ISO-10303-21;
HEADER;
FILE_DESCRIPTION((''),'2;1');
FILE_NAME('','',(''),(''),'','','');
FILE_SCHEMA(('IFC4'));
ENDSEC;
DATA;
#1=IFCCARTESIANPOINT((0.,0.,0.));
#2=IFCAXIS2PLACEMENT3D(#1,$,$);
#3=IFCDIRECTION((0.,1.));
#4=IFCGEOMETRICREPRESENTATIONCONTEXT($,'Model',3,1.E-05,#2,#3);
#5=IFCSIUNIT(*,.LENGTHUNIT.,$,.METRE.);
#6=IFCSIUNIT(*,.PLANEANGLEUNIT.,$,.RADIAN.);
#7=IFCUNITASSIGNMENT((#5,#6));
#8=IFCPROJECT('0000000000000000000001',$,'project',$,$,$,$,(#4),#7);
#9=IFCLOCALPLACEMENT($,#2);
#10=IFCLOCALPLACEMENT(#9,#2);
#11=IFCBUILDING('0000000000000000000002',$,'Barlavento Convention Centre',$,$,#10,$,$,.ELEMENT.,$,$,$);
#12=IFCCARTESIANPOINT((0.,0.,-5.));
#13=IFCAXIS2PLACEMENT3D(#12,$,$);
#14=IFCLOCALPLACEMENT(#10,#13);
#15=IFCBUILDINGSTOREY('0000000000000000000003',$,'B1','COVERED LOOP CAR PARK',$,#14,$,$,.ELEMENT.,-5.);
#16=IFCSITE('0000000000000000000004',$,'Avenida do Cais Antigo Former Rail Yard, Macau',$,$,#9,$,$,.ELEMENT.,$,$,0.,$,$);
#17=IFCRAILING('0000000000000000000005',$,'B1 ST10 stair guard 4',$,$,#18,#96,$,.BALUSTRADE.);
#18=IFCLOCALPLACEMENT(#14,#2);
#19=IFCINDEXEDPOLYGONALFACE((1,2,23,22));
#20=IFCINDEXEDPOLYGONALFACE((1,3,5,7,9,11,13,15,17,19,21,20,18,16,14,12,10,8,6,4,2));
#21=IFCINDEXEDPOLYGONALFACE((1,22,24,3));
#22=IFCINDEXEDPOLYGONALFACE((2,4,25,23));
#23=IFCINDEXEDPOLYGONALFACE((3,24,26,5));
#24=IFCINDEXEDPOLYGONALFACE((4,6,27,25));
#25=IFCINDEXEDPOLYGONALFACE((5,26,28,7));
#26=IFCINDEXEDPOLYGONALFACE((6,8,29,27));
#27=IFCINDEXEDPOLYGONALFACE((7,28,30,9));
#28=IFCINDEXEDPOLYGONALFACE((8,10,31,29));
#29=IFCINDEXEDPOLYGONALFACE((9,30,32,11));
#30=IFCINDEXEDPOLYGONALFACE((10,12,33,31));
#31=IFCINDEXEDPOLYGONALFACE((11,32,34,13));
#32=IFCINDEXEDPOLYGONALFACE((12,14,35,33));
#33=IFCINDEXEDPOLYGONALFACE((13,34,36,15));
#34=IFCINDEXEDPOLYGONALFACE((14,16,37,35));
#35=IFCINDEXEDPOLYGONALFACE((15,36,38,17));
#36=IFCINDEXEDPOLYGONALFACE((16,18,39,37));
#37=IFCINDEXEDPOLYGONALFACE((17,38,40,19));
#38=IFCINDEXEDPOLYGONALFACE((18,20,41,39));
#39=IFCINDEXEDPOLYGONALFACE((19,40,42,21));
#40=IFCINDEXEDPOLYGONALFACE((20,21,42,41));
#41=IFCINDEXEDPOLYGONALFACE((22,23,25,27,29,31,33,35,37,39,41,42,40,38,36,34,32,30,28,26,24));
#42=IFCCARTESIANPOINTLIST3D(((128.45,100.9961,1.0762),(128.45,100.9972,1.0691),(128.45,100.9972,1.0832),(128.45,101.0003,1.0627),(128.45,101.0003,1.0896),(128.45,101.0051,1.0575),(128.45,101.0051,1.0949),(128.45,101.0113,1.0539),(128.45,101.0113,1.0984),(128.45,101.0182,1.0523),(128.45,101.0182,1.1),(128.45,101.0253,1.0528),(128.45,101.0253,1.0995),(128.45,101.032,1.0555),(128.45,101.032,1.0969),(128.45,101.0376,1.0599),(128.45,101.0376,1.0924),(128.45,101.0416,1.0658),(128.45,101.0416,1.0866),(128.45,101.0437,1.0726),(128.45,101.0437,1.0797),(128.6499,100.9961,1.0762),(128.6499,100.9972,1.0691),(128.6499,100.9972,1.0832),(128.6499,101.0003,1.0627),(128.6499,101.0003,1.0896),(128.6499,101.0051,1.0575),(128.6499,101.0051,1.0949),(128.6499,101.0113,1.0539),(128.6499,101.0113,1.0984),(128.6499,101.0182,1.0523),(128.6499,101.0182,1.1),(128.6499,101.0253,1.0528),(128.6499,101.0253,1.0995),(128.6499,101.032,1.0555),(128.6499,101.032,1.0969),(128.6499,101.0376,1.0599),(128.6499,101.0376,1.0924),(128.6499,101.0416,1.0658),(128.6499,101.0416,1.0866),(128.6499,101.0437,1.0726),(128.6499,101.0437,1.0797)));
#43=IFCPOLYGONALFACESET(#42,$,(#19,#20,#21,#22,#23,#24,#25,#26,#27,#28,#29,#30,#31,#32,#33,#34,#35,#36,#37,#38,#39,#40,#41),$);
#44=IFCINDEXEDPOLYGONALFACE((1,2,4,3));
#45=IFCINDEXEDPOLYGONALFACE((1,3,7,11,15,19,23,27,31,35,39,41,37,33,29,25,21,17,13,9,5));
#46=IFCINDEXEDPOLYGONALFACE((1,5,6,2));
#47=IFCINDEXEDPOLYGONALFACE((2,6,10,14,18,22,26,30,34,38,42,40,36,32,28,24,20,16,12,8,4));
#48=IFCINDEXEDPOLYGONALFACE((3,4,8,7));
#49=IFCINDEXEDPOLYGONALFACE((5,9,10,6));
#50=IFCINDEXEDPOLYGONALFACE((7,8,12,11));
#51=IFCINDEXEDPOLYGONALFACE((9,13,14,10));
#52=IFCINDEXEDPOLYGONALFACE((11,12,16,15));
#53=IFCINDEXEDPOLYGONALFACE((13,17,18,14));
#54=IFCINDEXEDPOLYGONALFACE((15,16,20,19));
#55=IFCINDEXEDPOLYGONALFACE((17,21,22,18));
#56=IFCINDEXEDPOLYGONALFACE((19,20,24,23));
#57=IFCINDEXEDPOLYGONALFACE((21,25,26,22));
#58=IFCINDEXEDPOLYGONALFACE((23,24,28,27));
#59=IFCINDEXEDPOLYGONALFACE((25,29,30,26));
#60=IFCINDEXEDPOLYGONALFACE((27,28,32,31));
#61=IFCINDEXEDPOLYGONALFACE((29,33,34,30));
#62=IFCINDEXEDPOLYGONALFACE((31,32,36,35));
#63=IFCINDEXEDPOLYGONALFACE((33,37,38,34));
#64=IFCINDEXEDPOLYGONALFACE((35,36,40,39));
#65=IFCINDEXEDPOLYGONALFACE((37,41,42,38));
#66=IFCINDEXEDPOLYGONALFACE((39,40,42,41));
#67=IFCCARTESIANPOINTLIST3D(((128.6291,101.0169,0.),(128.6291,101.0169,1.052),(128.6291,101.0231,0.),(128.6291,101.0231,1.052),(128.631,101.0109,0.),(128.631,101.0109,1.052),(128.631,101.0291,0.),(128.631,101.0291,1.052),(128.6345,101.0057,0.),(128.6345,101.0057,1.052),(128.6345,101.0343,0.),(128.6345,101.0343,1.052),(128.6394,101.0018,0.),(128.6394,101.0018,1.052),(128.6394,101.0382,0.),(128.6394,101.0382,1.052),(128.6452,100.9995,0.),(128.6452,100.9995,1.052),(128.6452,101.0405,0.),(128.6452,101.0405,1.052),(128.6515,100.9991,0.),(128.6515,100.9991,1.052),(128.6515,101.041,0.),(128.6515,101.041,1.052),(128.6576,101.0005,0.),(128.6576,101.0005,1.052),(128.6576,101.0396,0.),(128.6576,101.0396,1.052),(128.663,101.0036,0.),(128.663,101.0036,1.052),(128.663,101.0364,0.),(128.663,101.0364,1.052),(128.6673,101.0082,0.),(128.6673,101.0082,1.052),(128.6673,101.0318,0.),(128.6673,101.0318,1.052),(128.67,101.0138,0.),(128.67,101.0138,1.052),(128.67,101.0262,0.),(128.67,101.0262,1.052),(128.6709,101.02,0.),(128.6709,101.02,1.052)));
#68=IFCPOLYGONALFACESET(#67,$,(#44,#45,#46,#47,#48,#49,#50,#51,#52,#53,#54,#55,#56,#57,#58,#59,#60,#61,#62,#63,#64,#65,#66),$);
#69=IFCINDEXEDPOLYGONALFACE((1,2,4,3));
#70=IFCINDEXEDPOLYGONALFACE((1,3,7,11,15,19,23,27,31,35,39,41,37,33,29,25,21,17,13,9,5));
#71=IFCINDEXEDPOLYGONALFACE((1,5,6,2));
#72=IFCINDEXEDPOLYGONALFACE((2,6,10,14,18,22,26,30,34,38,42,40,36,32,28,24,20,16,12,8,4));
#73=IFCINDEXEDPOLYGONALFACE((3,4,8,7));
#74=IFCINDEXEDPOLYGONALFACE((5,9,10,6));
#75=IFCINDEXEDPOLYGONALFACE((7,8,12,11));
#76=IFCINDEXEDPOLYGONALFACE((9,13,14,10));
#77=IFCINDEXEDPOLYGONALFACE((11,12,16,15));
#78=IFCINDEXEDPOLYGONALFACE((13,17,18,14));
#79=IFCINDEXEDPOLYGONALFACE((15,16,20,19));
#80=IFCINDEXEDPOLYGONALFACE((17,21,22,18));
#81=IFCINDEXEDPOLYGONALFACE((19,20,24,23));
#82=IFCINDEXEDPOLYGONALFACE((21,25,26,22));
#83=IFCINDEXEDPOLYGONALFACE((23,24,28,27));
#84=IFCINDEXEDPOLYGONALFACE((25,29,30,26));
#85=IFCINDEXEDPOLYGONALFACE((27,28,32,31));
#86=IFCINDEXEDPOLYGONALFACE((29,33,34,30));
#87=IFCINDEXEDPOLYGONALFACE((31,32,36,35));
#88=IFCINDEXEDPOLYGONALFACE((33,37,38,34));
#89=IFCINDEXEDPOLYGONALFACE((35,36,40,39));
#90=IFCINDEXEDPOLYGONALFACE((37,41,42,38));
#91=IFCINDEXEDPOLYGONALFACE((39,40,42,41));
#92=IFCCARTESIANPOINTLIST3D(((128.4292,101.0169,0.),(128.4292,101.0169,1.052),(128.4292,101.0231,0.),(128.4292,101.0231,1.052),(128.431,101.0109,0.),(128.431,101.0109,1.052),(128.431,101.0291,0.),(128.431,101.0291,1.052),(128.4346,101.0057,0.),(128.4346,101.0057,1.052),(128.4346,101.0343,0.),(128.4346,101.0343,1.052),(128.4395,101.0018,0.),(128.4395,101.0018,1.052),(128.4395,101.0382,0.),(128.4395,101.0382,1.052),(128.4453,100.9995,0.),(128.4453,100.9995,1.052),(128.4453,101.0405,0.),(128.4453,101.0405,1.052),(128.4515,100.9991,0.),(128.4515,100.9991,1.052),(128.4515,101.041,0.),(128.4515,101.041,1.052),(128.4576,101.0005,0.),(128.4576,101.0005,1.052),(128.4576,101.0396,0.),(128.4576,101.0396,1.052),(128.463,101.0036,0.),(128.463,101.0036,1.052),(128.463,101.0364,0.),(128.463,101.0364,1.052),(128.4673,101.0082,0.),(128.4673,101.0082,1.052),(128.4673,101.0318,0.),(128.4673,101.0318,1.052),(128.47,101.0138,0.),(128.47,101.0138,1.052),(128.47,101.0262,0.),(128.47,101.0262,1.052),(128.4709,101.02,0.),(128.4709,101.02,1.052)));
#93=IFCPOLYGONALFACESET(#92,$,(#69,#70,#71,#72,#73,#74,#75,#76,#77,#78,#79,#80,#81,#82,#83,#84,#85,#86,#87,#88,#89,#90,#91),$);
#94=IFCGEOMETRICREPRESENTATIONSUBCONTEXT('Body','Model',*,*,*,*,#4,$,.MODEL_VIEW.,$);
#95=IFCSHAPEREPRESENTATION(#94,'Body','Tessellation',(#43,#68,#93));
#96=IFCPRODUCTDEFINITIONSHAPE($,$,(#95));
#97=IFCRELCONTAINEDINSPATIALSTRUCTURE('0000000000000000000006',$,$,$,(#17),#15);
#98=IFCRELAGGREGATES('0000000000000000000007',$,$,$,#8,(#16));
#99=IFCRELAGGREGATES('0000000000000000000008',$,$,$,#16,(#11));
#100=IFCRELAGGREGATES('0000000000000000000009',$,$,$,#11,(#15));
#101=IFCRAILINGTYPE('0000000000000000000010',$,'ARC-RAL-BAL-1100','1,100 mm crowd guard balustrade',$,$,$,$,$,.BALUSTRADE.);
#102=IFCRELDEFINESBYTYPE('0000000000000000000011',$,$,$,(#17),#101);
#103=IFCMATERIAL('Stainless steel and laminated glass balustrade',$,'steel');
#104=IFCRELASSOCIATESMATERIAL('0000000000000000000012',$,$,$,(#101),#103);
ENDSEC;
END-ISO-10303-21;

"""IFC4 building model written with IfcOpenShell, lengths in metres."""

from ifc_helpers import new_model, si_unit, direction, frame, origin, origin_2d, place, context, subcontext, project, spatial, circle, extrude, material, type_object, element, save


model = new_model("IFC4")

# Units and contexts
model_context = context("Model", 3, precision=1e-05, world=origin(), true_north=direction((0.0, 1.0)))
body_context = subcontext(model_context, "Body", "Model", "MODEL_VIEW")
ifc_project = project(units=[si_unit("LENGTHUNIT", "METRE"), si_unit("PLANEANGLEUNIT", "RADIAN")], contexts=[model_context])

# Site, building, storey
site_placement = place(None, origin())
site = spatial("IfcSite", under=ifc_project, at=site_placement, Name="Avenida do Cais Antigo Former Rail Yard, Macau", CompositionType="ELEMENT", RefElevation=0.0)
building_placement = place(site_placement, origin())
building = spatial("IfcBuilding", under=site, at=building_placement, Name="Barlavento Convention Centre", CompositionType="ELEMENT")
storey_placement = place(building_placement, frame((0.0, 0.0, -5.0)))
storey = spatial("IfcBuildingStorey", under=building, at=storey_placement, Name="B1", Description="COVERED LOOP CAR PARK", CompositionType="ELEMENT", Elevation=-5.0)

# Railing
ifc_material_1 = material(Name="Stainless steel and laminated glass balustrade", Category="steel")
railing_type_1 = type_object("IfcRailingType", Name="ARC-RAL-BAL-1100", Description="1,100 mm crowd guard balustrade", PredefinedType="BALUSTRADE", material=ifc_material_1)
railing_1_placement = place(storey_placement, frame((128.6499, 101.02, 0.0)))
element("IfcRailing", 1, at=railing_1_placement, inside=storey, type_object=railing_type_1, Name="B1 ST10 stair guard 4", PredefinedType="BALUSTRADE", context=body_context, shape_type="SweptSolid", body=[
    extrude(circle(Radius=0.0239, at=origin_2d()), frame((0.0, 0.0, 1.0762), z_axis=(-1.0, 0.0, 0.0), x_axis=(0.0, -1.0, 0.0)), (0.0, 0.0, 1.0), 0.2),
    extrude(circle(Radius=0.021, at=origin_2d()), origin(), (0.0, 0.0, 1.0), 1.052),
    extrude(circle(Radius=0.021, at=origin_2d()), frame((-0.2, 0.0, 0.0)), (0.0, 0.0, 1.0), 1.052),
])

save(model, "model.ifc")
